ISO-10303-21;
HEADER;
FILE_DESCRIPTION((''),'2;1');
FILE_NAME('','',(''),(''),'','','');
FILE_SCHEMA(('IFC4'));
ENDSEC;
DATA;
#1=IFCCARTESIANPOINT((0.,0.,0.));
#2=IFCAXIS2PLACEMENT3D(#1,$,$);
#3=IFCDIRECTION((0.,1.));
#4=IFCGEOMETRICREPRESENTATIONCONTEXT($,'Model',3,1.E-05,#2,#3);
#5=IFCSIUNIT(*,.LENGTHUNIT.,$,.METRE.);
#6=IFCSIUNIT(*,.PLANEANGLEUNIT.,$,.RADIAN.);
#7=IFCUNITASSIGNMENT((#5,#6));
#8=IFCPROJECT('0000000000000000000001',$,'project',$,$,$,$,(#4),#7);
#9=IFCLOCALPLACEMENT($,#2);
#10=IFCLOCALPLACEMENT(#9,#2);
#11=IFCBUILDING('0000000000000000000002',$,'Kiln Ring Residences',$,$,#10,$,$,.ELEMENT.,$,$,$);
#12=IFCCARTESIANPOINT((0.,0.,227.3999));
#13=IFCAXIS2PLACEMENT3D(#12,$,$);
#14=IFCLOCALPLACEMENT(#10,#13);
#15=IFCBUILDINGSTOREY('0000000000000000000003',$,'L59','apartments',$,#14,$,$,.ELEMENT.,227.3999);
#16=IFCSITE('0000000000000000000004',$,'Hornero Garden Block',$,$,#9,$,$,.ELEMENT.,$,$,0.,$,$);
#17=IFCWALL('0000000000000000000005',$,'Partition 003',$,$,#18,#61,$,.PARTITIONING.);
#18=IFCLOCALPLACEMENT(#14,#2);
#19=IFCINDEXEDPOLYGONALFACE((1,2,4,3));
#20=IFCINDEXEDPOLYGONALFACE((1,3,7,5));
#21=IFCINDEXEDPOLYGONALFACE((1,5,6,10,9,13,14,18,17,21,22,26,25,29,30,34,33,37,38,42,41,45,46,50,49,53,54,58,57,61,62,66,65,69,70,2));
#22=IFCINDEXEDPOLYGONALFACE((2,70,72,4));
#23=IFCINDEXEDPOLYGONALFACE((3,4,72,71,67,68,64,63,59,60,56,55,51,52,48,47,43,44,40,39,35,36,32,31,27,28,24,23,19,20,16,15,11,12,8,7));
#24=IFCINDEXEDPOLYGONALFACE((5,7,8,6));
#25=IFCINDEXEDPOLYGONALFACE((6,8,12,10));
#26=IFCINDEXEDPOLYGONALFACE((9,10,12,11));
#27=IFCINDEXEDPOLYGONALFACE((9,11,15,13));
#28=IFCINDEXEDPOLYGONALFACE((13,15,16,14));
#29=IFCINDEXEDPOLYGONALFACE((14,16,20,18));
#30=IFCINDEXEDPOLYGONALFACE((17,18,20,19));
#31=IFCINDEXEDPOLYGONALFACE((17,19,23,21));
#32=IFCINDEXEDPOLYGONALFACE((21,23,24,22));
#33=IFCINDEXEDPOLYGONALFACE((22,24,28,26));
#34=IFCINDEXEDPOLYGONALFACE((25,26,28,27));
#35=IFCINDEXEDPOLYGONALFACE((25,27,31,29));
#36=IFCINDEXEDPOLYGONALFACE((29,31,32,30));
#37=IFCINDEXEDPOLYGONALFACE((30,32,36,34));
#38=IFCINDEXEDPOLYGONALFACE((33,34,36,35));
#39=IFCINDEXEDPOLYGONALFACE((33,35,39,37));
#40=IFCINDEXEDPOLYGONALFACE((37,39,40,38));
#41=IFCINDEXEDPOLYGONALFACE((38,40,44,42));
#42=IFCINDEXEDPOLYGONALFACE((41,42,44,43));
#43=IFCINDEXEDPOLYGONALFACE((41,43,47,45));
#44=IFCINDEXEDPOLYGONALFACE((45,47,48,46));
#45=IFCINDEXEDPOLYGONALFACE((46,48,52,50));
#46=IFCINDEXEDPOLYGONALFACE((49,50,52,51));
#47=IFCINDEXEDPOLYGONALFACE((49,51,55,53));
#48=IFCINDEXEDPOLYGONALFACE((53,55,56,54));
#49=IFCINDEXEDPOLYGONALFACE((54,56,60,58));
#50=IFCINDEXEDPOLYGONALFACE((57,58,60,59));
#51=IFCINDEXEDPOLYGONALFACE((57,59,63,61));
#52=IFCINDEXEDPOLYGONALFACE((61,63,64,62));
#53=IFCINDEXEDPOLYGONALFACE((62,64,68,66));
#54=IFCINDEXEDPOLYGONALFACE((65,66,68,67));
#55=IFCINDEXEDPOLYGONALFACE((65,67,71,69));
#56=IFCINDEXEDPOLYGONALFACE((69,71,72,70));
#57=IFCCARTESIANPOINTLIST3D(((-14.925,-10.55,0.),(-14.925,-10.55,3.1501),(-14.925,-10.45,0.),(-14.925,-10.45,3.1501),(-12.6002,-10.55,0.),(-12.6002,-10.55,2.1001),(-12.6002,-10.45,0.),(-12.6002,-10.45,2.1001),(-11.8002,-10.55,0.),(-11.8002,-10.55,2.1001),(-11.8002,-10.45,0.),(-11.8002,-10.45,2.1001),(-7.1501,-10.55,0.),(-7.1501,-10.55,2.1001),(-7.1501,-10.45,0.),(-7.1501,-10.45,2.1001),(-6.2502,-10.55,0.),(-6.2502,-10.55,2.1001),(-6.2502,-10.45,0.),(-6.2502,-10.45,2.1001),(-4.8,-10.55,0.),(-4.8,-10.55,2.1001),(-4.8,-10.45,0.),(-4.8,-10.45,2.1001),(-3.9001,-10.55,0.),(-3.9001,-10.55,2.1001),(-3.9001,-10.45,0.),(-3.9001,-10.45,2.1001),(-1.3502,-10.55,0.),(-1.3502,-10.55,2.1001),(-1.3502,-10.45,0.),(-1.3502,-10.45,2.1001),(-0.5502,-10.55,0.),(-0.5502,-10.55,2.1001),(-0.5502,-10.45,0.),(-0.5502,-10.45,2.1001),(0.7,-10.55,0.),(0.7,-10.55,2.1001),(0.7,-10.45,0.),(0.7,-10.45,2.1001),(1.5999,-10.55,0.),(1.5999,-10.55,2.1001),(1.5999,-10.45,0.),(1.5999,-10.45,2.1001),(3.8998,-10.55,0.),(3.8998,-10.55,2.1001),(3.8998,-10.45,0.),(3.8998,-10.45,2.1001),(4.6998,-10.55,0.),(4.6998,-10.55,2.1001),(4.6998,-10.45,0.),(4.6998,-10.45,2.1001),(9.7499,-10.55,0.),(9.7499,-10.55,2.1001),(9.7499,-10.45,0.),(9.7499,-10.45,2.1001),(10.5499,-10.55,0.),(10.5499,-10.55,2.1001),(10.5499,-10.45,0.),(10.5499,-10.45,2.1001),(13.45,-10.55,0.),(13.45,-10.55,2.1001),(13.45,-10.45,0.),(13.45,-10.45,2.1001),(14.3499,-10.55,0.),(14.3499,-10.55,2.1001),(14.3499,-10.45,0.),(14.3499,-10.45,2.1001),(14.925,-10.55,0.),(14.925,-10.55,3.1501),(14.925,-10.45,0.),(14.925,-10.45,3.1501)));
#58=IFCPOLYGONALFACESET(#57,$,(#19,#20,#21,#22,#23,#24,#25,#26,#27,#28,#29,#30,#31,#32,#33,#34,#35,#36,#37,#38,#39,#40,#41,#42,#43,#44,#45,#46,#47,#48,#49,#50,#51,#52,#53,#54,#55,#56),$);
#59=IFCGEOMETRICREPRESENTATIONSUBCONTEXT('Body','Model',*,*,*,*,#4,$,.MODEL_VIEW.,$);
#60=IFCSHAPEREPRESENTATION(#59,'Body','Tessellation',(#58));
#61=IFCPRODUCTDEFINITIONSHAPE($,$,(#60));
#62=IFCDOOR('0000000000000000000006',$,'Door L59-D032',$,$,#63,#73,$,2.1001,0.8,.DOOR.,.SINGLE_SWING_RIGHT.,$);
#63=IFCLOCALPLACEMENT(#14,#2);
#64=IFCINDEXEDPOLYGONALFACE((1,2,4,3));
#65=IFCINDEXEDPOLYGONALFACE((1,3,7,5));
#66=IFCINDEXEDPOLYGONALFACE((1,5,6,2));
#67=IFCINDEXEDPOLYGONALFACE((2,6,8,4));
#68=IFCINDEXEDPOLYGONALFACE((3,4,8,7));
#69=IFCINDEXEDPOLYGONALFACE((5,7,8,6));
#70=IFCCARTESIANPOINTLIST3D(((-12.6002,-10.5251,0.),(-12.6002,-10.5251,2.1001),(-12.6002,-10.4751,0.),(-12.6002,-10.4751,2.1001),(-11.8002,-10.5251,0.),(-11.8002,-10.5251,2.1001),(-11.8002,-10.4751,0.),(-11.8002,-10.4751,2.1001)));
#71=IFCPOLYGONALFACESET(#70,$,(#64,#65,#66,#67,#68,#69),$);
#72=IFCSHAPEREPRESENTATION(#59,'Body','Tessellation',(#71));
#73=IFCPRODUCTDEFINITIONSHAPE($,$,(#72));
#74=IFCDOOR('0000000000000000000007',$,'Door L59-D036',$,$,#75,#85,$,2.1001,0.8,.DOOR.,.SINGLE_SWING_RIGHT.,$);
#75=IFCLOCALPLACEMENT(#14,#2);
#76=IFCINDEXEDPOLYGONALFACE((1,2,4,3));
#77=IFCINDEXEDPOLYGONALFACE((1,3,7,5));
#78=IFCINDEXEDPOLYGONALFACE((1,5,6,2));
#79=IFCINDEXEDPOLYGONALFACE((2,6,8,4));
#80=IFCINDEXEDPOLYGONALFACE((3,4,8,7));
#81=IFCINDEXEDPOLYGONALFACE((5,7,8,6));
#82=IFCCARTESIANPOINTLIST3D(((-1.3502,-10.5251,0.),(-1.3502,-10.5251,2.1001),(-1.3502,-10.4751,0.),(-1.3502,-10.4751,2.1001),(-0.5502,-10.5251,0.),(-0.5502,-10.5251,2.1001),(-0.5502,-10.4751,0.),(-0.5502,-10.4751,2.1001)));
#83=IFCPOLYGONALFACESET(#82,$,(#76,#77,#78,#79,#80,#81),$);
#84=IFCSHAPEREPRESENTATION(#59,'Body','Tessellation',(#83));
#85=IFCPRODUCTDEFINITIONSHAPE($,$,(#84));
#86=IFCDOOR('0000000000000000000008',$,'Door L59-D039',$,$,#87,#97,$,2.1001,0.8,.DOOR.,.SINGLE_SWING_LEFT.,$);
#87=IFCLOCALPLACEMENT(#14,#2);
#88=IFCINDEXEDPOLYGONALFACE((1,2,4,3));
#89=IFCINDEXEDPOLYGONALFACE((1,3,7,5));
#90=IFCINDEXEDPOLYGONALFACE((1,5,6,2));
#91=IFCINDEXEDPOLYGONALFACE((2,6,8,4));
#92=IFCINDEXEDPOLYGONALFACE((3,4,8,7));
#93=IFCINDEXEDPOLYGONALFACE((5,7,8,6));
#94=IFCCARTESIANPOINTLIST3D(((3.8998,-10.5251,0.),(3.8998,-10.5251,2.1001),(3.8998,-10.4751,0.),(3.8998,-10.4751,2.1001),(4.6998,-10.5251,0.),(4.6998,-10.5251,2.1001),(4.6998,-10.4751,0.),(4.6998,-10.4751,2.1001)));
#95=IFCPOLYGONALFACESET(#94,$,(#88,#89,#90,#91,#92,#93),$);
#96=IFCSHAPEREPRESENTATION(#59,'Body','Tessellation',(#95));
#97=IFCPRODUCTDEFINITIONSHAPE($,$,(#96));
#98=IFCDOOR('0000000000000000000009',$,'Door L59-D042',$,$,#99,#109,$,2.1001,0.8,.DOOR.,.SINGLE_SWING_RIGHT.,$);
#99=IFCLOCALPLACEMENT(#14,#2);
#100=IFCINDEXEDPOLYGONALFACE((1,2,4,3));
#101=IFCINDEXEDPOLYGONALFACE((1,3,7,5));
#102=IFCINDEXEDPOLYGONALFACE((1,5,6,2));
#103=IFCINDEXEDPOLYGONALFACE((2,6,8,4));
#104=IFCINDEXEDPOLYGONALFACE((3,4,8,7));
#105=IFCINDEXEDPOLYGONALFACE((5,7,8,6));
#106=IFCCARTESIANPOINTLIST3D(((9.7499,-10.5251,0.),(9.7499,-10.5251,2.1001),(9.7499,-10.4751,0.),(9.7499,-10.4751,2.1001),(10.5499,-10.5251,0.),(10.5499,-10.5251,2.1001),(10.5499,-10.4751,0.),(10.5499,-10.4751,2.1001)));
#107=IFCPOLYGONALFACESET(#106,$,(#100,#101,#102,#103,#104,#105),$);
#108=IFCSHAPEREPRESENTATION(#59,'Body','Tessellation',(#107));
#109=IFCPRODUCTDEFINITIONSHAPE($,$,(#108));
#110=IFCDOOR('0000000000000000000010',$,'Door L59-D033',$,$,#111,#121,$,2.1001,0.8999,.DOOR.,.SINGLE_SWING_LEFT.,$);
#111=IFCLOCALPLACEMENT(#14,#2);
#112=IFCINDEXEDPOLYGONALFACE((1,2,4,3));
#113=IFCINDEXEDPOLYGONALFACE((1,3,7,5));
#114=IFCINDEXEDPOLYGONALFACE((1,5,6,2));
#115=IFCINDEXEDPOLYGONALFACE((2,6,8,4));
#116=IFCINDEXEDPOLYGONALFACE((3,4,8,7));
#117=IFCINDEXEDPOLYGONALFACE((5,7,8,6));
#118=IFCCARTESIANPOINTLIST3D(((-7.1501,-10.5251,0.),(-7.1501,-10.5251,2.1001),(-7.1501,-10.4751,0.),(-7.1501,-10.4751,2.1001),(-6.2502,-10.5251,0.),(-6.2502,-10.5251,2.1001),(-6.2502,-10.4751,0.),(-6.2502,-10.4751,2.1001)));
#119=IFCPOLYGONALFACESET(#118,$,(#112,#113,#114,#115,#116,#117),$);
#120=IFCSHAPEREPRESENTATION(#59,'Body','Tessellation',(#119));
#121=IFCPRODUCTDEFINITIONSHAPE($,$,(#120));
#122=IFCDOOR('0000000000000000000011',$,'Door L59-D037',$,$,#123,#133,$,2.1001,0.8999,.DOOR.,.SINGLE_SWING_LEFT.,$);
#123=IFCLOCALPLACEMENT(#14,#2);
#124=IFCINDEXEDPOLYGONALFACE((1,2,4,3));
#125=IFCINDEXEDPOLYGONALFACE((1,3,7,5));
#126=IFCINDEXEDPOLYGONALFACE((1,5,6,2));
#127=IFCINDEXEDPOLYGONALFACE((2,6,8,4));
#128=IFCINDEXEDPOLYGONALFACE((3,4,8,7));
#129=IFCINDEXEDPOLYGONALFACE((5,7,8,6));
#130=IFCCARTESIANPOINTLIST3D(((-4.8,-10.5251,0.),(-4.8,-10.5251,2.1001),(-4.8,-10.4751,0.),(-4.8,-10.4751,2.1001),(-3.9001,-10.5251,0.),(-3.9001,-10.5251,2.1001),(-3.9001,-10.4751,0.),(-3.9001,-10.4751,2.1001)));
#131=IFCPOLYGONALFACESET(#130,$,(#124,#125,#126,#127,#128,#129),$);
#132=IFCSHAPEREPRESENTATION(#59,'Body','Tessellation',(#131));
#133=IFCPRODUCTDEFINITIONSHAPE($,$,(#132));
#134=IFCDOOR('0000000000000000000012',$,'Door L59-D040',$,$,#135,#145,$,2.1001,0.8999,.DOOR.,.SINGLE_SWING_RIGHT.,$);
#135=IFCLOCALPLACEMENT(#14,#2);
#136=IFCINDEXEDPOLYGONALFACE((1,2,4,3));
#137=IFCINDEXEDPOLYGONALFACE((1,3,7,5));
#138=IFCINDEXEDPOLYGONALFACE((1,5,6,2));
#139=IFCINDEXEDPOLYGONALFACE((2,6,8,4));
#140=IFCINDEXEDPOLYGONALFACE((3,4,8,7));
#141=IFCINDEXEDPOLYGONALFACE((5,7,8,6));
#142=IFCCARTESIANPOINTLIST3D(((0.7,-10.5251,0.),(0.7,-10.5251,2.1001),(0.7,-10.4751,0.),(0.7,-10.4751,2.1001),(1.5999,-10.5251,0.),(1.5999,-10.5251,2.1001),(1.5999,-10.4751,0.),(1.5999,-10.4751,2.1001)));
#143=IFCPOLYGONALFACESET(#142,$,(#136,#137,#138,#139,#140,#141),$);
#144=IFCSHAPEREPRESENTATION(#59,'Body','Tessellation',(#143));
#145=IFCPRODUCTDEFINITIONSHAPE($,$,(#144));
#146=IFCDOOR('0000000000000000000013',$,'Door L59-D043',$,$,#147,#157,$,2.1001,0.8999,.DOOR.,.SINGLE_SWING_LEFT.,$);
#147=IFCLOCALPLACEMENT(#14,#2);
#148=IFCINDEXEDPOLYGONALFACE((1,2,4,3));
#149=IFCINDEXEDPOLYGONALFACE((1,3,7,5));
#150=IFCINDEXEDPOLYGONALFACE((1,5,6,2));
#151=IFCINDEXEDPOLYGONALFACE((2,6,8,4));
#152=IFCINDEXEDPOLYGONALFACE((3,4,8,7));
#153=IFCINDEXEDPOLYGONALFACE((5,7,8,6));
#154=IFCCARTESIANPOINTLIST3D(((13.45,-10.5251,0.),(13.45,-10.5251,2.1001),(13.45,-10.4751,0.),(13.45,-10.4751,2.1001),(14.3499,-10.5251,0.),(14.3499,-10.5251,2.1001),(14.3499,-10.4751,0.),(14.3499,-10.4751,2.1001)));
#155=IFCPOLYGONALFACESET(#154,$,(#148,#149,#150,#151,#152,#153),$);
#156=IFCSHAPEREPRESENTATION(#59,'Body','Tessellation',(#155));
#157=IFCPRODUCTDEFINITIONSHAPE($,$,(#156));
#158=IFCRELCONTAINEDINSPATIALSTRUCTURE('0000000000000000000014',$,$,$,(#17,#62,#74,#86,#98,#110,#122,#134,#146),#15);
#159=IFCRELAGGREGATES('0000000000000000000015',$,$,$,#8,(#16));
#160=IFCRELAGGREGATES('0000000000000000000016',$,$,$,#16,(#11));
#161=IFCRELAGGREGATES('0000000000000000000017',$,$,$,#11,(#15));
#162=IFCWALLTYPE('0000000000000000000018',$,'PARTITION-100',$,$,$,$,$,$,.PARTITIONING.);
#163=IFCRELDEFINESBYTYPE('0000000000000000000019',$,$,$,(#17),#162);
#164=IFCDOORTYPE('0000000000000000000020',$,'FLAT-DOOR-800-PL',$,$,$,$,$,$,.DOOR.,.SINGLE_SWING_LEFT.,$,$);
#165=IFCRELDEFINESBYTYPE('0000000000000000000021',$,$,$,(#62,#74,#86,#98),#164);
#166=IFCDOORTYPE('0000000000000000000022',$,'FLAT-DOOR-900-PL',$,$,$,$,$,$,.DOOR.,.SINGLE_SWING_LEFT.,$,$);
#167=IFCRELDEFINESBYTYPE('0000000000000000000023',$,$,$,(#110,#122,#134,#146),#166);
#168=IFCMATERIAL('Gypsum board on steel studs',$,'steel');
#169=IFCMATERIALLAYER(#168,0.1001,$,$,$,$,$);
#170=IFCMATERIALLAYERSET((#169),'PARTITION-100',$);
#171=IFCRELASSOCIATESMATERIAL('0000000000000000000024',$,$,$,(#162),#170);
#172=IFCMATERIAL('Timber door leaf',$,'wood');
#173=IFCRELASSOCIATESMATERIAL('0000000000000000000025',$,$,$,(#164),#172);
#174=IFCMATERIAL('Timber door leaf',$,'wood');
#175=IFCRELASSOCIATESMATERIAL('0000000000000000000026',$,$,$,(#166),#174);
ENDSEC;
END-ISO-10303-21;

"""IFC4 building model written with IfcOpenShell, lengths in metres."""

from ifc_helpers import new_model, si_unit, direction, frame, frame_2d, origin, place, context, subcontext, project, spatial, rectangle, extrude, material, layer, layer_set, type_object, element, fill, save


model = new_model("IFC4")

# Units and contexts
model_context = context("Model", 3, precision=1e-05, world=origin(), true_north=direction((0.0, 1.0)))
body_context = subcontext(model_context, "Body", "Model", "MODEL_VIEW")
ifc_project = project(units=[si_unit("LENGTHUNIT", "METRE"), si_unit("PLANEANGLEUNIT", "RADIAN")], contexts=[model_context])

# Site, building, storey
site_placement = place(None, origin())
site = spatial("IfcSite", under=ifc_project, at=site_placement, Name="Hornero Garden Block", CompositionType="ELEMENT", RefElevation=0.0)
building_placement = place(site_placement, origin())
building = spatial("IfcBuilding", under=site, at=building_placement, Name="Kiln Ring Residences", CompositionType="ELEMENT")
storey_placement = place(building_placement, frame((0.0, 0.0, 227.3999)))
storey = spatial("IfcBuildingStorey", under=building, at=storey_placement, Name="L59", Description="apartments", CompositionType="ELEMENT", Elevation=227.3999)

# Wall, openings, doors
ifc_material_1 = material(Name="Gypsum board on steel studs", Category="steel")
ifc_layer_1 = layer(ifc_material_1, 0.1001)
ifc_layer_set_1 = layer_set([ifc_layer_1], Name="PARTITION-100")
wall_type_1 = type_object("IfcWallType", Name="PARTITION-100", PredefinedType="PARTITIONING", material=ifc_layer_set_1)
wall_1_placement = place(storey_placement, frame((-14.925, -10.5, 0.0), z_axis=(0.0, 0.0, 1.0), x_axis=(1.0, 0.0, 0.0)))
wall_1 = element("IfcWall", 1, at=wall_1_placement, inside=storey, type_object=wall_type_1, Name="Partition 003", PredefinedType="PARTITIONING", context=body_context, shape_type="SweptSolid", body=[
    extrude(rectangle(XDim=29.8501, YDim=0.1001, at=frame_2d((14.925, 0.0))), origin(), (0.0, 0.0, 1.0), 3.1501),
])
opening_1_placement = place(wall_1_placement, frame((2.325, 0.0, 0.0)))
opening_1 = element("IfcOpeningElement", 2, at=opening_1_placement, cuts=wall_1, PredefinedType="OPENING", context=body_context, shape_type="SweptSolid", body=[
    extrude(rectangle(XDim=0.8, YDim=2.1001, at=frame_2d((0.3999, 1.05))), frame((0.0, 0.0601, 0.0), z_axis=(0.0, -1.0, 0.0), x_axis=(1.0, 0.0, 0.0)), (0.0, 0.0, 1.0), 0.1201),
])
opening_2_placement = place(wall_1_placement, frame((7.7749, 0.0, 0.0)))
opening_2 = element("IfcOpeningElement", 3, at=opening_2_placement, cuts=wall_1, PredefinedType="OPENING", context=body_context, shape_type="SweptSolid", body=[
    extrude(rectangle(XDim=0.8999, YDim=2.1001, at=frame_2d((0.45, 1.05))), frame((0.0, 0.0601, 0.0), z_axis=(0.0, -1.0, 0.0), x_axis=(1.0, 0.0, 0.0)), (0.0, 0.0, 1.0), 0.1201),
])
opening_3_placement = place(wall_1_placement, frame((13.575, 0.0, 0.0)))
opening_3 = element("IfcOpeningElement", 4, at=opening_3_placement, cuts=wall_1, PredefinedType="OPENING", context=body_context, shape_type="SweptSolid", body=[
    extrude(rectangle(XDim=0.8, YDim=2.1001, at=frame_2d((0.3999, 1.05))), frame((0.0, 0.0601, 0.0), z_axis=(0.0, -1.0, 0.0), x_axis=(1.0, 0.0, 0.0)), (0.0, 0.0, 1.0), 0.1201),
])
opening_4_placement = place(wall_1_placement, frame((10.125, 0.0, 0.0)))
opening_4 = element("IfcOpeningElement", 5, at=opening_4_placement, cuts=wall_1, PredefinedType="OPENING", context=body_context, shape_type="SweptSolid", body=[
    extrude(rectangle(XDim=0.8999, YDim=2.1001, at=frame_2d((0.45, 1.05))), frame((0.0, 0.0601, 0.0), z_axis=(0.0, -1.0, 0.0), x_axis=(1.0, 0.0, 0.0)), (0.0, 0.0, 1.0), 0.1201),
])
opening_5_placement = place(wall_1_placement, frame((18.825, 0.0, 0.0)))
opening_5 = element("IfcOpeningElement", 6, at=opening_5_placement, cuts=wall_1, PredefinedType="OPENING", context=body_context, shape_type="SweptSolid", body=[
    extrude(rectangle(XDim=0.8, YDim=2.1001, at=frame_2d((0.3999, 1.05))), frame((0.0, 0.0601, 0.0), z_axis=(0.0, -1.0, 0.0), x_axis=(1.0, 0.0, 0.0)), (0.0, 0.0, 1.0), 0.1201),
])
opening_6_placement = place(wall_1_placement, frame((15.625, 0.0, 0.0)))
opening_6 = element("IfcOpeningElement", 7, at=opening_6_placement, cuts=wall_1, PredefinedType="OPENING", context=body_context, shape_type="SweptSolid", body=[
    extrude(rectangle(XDim=0.8999, YDim=2.1001, at=frame_2d((0.45, 1.05))), frame((0.0, 0.0601, 0.0), z_axis=(0.0, -1.0, 0.0), x_axis=(1.0, 0.0, 0.0)), (0.0, 0.0, 1.0), 0.1201),
])
opening_7_placement = place(wall_1_placement, frame((24.675, 0.0, 0.0)))
opening_7 = element("IfcOpeningElement", 8, at=opening_7_placement, cuts=wall_1, PredefinedType="OPENING", context=body_context, shape_type="SweptSolid", body=[
    extrude(rectangle(XDim=0.8, YDim=2.1001, at=frame_2d((0.3999, 1.05))), frame((0.0, 0.0601, 0.0), z_axis=(0.0, -1.0, 0.0), x_axis=(1.0, 0.0, 0.0)), (0.0, 0.0, 1.0), 0.1201),
])
opening_8_placement = place(wall_1_placement, frame((28.375, 0.0, 0.0)))
opening_8 = element("IfcOpeningElement", 9, at=opening_8_placement, cuts=wall_1, PredefinedType="OPENING", context=body_context, shape_type="SweptSolid", body=[
    extrude(rectangle(XDim=0.8999, YDim=2.1001, at=frame_2d((0.45, 1.05))), frame((0.0, 0.0601, 0.0), z_axis=(0.0, -1.0, 0.0), x_axis=(1.0, 0.0, 0.0)), (0.0, 0.0, 1.0), 0.1201),
])
ifc_material_2 = material(Name="Timber door leaf", Category="wood")
door_type_1 = type_object("IfcDoorType", Name="FLAT-DOOR-800-PL", OperationType="SINGLE_SWING_LEFT", PredefinedType="DOOR", material=ifc_material_2)
door_1_placement = place(opening_1_placement, origin())
door_1 = element("IfcDoor", 10, at=door_1_placement, inside=storey, type_object=door_type_1, Name="Door L59-D032", OperationType="SINGLE_SWING_RIGHT", OverallHeight=2.1001, OverallWidth=0.8, PredefinedType="DOOR", context=body_context, shape_type="SweptSolid", body=[
    extrude(rectangle(XDim=0.8, YDim=2.1001, at=frame_2d((0.3999, 1.05))), frame((0.0, 0.0249, 0.0), z_axis=(0.0, -1.0, 0.0), x_axis=(1.0, 0.0, 0.0)), (0.0, 0.0, 1.0), 0.05),
])
fill(opening_1, door_1)
door_2_placement = place(opening_3_placement, origin())
door_2 = element("IfcDoor", 11, at=door_2_placement, inside=storey, type_object=door_type_1, Name="Door L59-D036", OperationType="SINGLE_SWING_RIGHT", OverallHeight=2.1001, OverallWidth=0.8, PredefinedType="DOOR", context=body_context, shape_type="SweptSolid", body=[
    extrude(rectangle(XDim=0.8, YDim=2.1001, at=frame_2d((0.3999, 1.05))), frame((0.0, 0.0249, 0.0), z_axis=(0.0, -1.0, 0.0), x_axis=(1.0, 0.0, 0.0)), (0.0, 0.0, 1.0), 0.05),
])
fill(opening_3, door_2)
door_3_placement = place(opening_5_placement, origin())
door_3 = element("IfcDoor", 12, at=door_3_placement, inside=storey, type_object=door_type_1, Name="Door L59-D039", OperationType="SINGLE_SWING_LEFT", OverallHeight=2.1001, OverallWidth=0.8, PredefinedType="DOOR", context=body_context, shape_type="SweptSolid", body=[
    extrude(rectangle(XDim=0.8, YDim=2.1001, at=frame_2d((0.3999, 1.05))), frame((0.0, 0.0249, 0.0), z_axis=(0.0, -1.0, 0.0), x_axis=(1.0, 0.0, 0.0)), (0.0, 0.0, 1.0), 0.05),
])
fill(opening_5, door_3)
door_4_placement = place(opening_7_placement, origin())
door_4 = element("IfcDoor", 13, at=door_4_placement, inside=storey, type_object=door_type_1, Name="Door L59-D042", OperationType="SINGLE_SWING_RIGHT", OverallHeight=2.1001, OverallWidth=0.8, PredefinedType="DOOR", context=body_context, shape_type="SweptSolid", body=[
    extrude(rectangle(XDim=0.8, YDim=2.1001, at=frame_2d((0.3999, 1.05))), frame((0.0, 0.0249, 0.0), z_axis=(0.0, -1.0, 0.0), x_axis=(1.0, 0.0, 0.0)), (0.0, 0.0, 1.0), 0.05),
])
fill(opening_7, door_4)
ifc_material_3 = material(Name="Timber door leaf", Category="wood")
door_type_2 = type_object("IfcDoorType", Name="FLAT-DOOR-900-PL", OperationType="SINGLE_SWING_LEFT", PredefinedType="DOOR", material=ifc_material_3)
door_5_placement = place(opening_2_placement, origin())
door_5 = element("IfcDoor", 14, at=door_5_placement, inside=storey, type_object=door_type_2, Name="Door L59-D033", OperationType="SINGLE_SWING_LEFT", OverallHeight=2.1001, OverallWidth=0.8999, PredefinedType="DOOR", context=body_context, shape_type="SweptSolid", body=[
    extrude(rectangle(XDim=0.8999, YDim=2.1001, at=frame_2d((0.45, 1.05))), frame((0.0, 0.0249, 0.0), z_axis=(0.0, -1.0, 0.0), x_axis=(1.0, 0.0, 0.0)), (0.0, 0.0, 1.0), 0.05),
])
fill(opening_2, door_5)
door_6_placement = place(opening_4_placement, origin())
door_6 = element("IfcDoor", 15, at=door_6_placement, inside=storey, type_object=door_type_2, Name="Door L59-D037", OperationType="SINGLE_SWING_LEFT", OverallHeight=2.1001, OverallWidth=0.8999, PredefinedType="DOOR", context=body_context, shape_type="SweptSolid", body=[
    extrude(rectangle(XDim=0.8999, YDim=2.1001, at=frame_2d((0.45, 1.05))), frame((0.0, 0.0249, 0.0), z_axis=(0.0, -1.0, 0.0), x_axis=(1.0, 0.0, 0.0)), (0.0, 0.0, 1.0), 0.05),
])
fill(opening_4, door_6)
door_7_placement = place(opening_6_placement, origin())
door_7 = element("IfcDoor", 16, at=door_7_placement, inside=storey, type_object=door_type_2, Name="Door L59-D040", OperationType="SINGLE_SWING_RIGHT", OverallHeight=2.1001, OverallWidth=0.8999, PredefinedType="DOOR", context=body_context, shape_type="SweptSolid", body=[
    extrude(rectangle(XDim=0.8999, YDim=2.1001, at=frame_2d((0.45, 1.05))), frame((0.0, 0.0249, 0.0), z_axis=(0.0, -1.0, 0.0), x_axis=(1.0, 0.0, 0.0)), (0.0, 0.0, 1.0), 0.05),
])
fill(opening_6, door_7)
door_8_placement = place(opening_8_placement, origin())
door_8 = element("IfcDoor", 17, at=door_8_placement, inside=storey, type_object=door_type_2, Name="Door L59-D043", OperationType="SINGLE_SWING_LEFT", OverallHeight=2.1001, OverallWidth=0.8999, PredefinedType="DOOR", context=body_context, shape_type="SweptSolid", body=[
    extrude(rectangle(XDim=0.8999, YDim=2.1001, at=frame_2d((0.45, 1.05))), frame((0.0, 0.0249, 0.0), z_axis=(0.0, -1.0, 0.0), x_axis=(1.0, 0.0, 0.0)), (0.0, 0.0, 1.0), 0.05),
])
fill(opening_8, door_8)

save(model, "model.ifc")
